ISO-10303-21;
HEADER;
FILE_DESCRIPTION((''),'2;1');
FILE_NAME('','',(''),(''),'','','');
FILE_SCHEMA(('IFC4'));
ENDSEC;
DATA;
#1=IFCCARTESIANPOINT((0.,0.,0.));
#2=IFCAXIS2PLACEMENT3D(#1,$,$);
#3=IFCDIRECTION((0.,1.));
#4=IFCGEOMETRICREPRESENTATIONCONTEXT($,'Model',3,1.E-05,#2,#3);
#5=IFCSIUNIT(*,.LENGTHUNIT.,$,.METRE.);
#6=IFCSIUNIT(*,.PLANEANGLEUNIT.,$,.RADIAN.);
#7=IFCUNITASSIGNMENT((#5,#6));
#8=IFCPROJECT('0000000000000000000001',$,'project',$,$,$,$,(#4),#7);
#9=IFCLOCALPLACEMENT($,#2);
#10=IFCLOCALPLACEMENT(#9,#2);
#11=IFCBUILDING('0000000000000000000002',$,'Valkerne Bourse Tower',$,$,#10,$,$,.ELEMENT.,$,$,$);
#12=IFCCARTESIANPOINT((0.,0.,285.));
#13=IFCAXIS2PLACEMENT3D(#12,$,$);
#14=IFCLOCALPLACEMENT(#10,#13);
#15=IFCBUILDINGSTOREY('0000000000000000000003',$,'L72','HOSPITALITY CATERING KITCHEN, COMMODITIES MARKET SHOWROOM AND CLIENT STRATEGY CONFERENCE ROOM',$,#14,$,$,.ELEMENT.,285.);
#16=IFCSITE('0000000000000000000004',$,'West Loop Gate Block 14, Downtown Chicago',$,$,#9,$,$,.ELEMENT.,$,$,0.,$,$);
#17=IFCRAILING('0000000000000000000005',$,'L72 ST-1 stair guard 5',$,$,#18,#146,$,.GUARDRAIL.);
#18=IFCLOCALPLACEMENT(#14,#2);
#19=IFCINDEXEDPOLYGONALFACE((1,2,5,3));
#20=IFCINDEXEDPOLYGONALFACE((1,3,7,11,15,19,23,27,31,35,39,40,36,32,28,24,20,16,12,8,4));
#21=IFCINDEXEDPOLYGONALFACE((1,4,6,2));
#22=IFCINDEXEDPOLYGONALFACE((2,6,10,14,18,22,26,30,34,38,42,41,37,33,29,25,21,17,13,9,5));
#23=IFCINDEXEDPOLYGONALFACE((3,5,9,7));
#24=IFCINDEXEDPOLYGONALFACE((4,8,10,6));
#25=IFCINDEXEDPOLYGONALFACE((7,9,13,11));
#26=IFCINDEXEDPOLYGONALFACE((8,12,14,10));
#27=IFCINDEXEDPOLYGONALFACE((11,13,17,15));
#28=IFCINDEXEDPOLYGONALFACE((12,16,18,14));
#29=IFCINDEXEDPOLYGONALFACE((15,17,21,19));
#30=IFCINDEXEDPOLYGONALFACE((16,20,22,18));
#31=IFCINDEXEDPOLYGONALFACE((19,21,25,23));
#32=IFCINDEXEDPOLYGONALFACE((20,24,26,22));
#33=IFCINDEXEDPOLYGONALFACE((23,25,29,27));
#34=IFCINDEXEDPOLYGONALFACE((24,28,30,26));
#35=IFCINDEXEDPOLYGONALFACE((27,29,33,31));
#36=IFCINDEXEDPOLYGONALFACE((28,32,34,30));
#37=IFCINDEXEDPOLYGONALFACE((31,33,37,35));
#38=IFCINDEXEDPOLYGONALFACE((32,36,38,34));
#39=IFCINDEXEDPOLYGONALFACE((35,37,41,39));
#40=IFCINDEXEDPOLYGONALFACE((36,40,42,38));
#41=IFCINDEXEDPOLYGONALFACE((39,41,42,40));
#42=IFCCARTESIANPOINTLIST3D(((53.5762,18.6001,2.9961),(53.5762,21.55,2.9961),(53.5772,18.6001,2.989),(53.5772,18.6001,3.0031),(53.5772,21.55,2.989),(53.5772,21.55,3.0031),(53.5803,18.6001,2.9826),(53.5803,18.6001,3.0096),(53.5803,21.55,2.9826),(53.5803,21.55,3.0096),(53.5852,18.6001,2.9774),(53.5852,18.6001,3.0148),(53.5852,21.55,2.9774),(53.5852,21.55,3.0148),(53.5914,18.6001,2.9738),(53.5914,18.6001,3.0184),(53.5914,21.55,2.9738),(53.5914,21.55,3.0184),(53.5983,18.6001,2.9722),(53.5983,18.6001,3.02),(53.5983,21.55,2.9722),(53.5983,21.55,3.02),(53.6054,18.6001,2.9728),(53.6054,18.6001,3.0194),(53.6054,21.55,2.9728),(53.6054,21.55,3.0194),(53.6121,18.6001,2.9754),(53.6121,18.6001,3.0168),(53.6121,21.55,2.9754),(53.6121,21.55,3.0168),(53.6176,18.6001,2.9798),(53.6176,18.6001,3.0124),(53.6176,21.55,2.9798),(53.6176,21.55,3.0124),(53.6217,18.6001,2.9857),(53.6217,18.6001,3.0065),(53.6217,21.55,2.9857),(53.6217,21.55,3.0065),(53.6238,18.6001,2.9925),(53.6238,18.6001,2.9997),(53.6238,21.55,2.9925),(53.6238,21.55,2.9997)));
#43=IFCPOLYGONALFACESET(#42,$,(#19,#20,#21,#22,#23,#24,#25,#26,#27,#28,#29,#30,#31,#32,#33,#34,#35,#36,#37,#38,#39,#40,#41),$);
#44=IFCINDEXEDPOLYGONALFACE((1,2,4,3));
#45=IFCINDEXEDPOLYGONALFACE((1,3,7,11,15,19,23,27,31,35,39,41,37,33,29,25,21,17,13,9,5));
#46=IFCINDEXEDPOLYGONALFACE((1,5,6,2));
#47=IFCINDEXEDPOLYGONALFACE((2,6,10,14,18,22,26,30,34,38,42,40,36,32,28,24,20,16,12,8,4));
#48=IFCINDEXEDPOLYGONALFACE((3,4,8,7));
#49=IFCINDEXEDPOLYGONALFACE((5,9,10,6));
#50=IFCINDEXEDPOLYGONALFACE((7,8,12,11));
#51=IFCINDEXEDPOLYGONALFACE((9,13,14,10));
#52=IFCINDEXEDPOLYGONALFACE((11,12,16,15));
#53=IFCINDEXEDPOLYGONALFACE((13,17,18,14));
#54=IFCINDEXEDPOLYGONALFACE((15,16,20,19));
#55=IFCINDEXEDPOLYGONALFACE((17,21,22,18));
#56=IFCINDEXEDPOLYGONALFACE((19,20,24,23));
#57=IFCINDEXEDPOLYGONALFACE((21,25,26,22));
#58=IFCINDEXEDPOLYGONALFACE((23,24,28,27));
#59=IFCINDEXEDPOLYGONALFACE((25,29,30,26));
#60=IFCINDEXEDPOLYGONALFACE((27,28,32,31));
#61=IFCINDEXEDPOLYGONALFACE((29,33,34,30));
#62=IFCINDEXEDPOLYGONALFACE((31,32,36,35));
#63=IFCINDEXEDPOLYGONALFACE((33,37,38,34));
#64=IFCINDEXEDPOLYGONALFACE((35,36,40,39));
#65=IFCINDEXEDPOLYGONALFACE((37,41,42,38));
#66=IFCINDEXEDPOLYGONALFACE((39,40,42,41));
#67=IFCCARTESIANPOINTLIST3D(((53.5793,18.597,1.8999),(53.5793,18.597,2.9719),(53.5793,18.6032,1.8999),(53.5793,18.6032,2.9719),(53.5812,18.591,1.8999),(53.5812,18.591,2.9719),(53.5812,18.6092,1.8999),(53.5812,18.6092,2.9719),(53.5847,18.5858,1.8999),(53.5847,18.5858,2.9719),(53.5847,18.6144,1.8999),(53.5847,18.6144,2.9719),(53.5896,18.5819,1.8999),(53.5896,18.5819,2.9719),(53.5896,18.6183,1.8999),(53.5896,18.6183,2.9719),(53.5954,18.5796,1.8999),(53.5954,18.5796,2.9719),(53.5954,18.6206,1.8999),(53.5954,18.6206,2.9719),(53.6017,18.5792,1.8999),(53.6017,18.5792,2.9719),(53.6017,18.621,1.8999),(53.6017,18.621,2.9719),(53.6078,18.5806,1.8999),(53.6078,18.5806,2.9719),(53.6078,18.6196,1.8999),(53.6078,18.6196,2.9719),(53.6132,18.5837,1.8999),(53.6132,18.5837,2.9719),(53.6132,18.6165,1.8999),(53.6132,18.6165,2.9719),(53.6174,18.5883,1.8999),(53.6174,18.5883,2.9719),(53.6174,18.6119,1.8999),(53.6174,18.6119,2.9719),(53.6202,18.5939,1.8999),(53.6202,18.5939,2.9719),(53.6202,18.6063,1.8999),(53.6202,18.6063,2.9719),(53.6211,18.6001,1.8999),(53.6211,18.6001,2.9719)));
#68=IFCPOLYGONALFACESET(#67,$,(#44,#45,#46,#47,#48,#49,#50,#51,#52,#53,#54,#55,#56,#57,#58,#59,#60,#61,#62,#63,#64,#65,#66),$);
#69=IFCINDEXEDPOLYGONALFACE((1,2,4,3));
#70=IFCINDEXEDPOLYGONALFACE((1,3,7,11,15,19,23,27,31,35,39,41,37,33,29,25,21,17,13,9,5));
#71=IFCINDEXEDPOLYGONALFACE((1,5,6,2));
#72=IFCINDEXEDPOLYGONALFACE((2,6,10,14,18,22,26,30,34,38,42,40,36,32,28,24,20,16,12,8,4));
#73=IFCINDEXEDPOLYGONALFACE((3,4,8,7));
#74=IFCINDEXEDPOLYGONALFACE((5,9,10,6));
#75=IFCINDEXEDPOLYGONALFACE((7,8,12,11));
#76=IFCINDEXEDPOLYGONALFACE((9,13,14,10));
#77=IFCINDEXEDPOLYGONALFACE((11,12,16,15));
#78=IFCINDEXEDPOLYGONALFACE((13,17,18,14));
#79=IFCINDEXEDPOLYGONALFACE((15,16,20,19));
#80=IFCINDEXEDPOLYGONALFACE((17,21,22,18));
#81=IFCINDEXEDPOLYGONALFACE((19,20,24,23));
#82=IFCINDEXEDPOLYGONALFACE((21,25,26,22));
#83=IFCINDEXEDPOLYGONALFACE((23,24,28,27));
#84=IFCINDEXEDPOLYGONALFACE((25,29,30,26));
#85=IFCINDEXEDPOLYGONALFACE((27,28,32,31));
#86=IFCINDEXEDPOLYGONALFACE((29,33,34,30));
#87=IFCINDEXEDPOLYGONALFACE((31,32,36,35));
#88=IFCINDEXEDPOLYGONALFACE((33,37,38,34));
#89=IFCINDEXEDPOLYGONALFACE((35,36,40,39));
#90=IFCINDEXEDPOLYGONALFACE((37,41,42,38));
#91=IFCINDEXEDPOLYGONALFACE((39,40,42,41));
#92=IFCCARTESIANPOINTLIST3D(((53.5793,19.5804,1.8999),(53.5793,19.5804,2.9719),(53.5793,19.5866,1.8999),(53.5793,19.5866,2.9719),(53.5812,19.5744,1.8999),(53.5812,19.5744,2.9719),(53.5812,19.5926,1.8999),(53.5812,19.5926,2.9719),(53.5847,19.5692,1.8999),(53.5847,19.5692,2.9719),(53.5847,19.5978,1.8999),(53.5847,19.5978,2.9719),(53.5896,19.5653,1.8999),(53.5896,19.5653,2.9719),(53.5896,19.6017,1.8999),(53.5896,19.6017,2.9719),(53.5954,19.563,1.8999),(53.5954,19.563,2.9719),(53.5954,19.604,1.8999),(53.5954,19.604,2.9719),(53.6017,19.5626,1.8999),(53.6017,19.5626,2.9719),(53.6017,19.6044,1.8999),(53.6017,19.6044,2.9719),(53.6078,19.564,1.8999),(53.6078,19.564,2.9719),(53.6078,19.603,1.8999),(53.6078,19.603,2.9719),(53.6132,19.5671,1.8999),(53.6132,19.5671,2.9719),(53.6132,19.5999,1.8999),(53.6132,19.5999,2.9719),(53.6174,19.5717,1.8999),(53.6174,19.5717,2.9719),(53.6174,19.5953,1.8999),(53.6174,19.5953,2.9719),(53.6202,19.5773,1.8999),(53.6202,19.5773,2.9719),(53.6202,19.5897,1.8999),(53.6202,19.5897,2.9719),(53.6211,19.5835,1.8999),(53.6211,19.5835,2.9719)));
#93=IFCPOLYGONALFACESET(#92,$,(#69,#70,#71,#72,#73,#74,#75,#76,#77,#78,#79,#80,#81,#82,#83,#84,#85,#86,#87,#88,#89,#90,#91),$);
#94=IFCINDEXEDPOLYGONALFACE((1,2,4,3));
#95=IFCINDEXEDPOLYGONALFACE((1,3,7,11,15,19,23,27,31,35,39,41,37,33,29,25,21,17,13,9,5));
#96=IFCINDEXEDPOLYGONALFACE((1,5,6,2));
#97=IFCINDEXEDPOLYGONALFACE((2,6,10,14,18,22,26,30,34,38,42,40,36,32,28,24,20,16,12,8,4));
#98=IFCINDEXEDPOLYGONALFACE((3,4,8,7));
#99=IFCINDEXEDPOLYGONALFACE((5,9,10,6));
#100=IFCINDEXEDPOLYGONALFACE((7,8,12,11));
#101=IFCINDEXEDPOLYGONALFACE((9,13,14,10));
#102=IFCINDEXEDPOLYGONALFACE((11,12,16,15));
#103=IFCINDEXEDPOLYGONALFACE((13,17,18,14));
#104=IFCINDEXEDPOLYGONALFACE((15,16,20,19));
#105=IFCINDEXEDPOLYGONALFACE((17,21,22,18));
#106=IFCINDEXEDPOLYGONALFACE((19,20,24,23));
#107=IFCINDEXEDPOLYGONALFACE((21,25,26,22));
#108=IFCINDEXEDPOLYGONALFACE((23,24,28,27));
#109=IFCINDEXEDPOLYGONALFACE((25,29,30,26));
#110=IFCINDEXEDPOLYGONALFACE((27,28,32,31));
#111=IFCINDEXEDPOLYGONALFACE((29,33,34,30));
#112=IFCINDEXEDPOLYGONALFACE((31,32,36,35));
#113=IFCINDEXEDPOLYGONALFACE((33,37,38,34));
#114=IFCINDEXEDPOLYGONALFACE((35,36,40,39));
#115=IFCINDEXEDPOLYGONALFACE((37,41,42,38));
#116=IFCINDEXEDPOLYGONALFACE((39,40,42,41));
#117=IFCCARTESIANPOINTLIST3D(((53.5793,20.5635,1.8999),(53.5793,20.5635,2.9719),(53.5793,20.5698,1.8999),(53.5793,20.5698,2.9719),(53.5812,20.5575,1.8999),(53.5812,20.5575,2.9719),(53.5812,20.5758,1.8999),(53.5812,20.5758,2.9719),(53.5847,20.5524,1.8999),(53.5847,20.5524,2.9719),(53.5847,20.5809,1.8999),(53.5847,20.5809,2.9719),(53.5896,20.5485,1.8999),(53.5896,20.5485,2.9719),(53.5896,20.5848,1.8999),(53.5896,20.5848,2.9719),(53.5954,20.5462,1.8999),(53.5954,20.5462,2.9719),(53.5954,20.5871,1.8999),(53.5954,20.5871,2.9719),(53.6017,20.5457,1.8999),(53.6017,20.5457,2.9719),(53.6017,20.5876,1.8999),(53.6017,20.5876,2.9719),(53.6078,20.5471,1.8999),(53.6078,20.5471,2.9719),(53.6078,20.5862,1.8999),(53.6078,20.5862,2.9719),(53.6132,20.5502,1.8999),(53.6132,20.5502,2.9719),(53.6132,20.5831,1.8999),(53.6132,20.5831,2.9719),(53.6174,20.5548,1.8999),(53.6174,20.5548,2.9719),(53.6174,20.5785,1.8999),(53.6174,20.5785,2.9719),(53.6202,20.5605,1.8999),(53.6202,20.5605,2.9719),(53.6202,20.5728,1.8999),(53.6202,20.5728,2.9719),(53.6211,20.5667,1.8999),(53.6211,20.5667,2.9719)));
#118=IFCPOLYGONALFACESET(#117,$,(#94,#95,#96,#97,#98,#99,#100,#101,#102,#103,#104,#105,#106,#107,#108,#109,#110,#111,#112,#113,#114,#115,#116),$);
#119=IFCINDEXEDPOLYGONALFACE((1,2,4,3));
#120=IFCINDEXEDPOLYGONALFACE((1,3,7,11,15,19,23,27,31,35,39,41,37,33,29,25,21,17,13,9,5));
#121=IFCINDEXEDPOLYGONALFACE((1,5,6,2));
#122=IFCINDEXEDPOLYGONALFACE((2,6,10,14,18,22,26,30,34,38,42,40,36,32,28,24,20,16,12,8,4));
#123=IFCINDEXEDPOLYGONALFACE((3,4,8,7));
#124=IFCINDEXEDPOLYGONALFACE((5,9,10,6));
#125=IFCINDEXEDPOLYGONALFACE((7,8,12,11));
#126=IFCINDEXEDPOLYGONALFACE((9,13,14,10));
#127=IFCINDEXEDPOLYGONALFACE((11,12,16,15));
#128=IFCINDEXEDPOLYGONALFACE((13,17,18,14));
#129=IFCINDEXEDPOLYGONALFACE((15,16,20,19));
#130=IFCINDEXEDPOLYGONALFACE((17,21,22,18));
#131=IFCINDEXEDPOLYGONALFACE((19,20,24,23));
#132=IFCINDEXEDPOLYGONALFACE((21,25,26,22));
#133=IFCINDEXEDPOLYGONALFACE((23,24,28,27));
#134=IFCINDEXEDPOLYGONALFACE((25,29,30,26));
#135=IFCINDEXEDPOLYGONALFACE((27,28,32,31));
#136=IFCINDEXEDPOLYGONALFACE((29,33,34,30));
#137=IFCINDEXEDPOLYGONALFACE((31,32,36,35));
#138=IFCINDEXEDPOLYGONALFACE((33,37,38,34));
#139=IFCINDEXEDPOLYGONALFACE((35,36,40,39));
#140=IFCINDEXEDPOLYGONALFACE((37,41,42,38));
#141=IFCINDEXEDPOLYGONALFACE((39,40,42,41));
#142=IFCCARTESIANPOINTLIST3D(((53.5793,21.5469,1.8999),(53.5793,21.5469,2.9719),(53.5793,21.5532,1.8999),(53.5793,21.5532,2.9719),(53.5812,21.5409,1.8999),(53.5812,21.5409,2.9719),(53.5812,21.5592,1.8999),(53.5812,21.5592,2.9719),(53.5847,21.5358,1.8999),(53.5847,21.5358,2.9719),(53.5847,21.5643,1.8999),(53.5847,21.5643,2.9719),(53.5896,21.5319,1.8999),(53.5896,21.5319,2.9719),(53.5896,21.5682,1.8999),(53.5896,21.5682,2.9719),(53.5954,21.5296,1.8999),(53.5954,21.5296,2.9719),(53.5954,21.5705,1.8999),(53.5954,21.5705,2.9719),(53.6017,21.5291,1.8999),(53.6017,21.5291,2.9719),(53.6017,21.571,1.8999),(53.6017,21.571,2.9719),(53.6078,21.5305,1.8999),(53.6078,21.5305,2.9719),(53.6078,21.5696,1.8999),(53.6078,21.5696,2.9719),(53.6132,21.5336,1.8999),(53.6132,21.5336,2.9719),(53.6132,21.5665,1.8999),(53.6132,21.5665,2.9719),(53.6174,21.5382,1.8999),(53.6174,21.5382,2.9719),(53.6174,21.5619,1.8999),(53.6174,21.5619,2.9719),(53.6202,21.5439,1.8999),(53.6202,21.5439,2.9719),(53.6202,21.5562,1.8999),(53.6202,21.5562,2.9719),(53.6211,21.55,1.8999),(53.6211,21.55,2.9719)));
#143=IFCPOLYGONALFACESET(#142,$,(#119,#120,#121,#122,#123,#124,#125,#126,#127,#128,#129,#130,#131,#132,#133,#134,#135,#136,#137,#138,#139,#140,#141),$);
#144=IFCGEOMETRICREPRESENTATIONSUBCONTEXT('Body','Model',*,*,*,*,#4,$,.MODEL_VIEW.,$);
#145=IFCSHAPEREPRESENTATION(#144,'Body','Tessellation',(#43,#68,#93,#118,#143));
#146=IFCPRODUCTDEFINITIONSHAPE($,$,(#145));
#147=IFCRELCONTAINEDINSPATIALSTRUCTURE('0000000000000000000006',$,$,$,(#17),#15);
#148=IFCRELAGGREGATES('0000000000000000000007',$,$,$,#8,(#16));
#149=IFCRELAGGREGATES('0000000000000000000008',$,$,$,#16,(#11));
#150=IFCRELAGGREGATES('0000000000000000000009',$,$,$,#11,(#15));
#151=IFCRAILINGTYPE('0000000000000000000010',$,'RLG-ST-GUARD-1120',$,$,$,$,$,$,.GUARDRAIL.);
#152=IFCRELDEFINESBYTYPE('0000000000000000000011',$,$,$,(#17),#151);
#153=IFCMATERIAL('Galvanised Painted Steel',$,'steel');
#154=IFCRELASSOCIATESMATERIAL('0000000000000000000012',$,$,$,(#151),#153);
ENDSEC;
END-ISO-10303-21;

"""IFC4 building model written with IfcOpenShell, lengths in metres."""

from ifc_helpers import new_model, si_unit, direction, frame, origin, origin_2d, place, context, subcontext, project, spatial, circle, extrude, material, type_object, element, save


model = new_model("IFC4")

# Units and contexts
model_context = context("Model", 3, precision=1e-05, world=origin(), true_north=direction((0.0, 1.0)))
body_context = subcontext(model_context, "Body", "Model", "MODEL_VIEW")
ifc_project = project(units=[si_unit("LENGTHUNIT", "METRE"), si_unit("PLANEANGLEUNIT", "RADIAN")], contexts=[model_context])

# Site, building, storey
site_placement = place(None, origin())
site = spatial("IfcSite", under=ifc_project, at=site_placement, Name="West Loop Gate Block 14, Downtown Chicago", CompositionType="ELEMENT", RefElevation=0.0)
building_placement = place(site_placement, origin())
building = spatial("IfcBuilding", under=site, at=building_placement, Name="Valkerne Bourse Tower", CompositionType="ELEMENT")
storey_placement = place(building_placement, frame((0.0, 0.0, 285.0)))
storey = spatial("IfcBuildingStorey", under=building, at=storey_placement, Name="L72", Description="HOSPITALITY CATERING KITCHEN, COMMODITIES MARKET SHOWROOM AND CLIENT STRATEGY CONFERENCE ROOM", CompositionType="ELEMENT", Elevation=285.0)

# Railing
ifc_material_1 = material(Name="Galvanised Painted Steel", Category="steel")
railing_type = type_object("IfcRailingType", Name="RLG-ST-GUARD-1120", PredefinedType="GUARDRAIL", material=ifc_material_1)
railing_1_placement = place(storey_placement, frame((53.6001, 18.6001, 1.8999)))
element("IfcRailing", 1, at=railing_1_placement, inside=storey, type_object=railing_type, Name="L72 ST-1 stair guard 5", PredefinedType="GUARDRAIL", context=body_context, shape_type="SweptSolid", body=[
    extrude(circle(Radius=0.0239, at=origin_2d()), frame((0.0, 0.0, 1.0962), z_axis=(0.0, 1.0, 0.0), x_axis=(-1.0, 0.0, 0.0)), (0.0, 0.0, 1.0), 2.95),
    extrude(circle(Radius=0.021, at=origin_2d()), origin(), (0.0, 0.0, 1.0), 1.072),
    extrude(circle(Radius=0.021, at=origin_2d()), frame((0.0, 0.9834, 0.0)), (0.0, 0.0, 1.0), 1.072),
    extrude(circle(Radius=0.021, at=origin_2d()), frame((0.0, 1.9666, 0.0)), (0.0, 0.0, 1.0), 1.072),
    extrude(circle(Radius=0.021, at=origin_2d()), frame((0.0, 2.95, 0.0)), (0.0, 0.0, 1.0), 1.072),
])

save(model, "model.ifc")
